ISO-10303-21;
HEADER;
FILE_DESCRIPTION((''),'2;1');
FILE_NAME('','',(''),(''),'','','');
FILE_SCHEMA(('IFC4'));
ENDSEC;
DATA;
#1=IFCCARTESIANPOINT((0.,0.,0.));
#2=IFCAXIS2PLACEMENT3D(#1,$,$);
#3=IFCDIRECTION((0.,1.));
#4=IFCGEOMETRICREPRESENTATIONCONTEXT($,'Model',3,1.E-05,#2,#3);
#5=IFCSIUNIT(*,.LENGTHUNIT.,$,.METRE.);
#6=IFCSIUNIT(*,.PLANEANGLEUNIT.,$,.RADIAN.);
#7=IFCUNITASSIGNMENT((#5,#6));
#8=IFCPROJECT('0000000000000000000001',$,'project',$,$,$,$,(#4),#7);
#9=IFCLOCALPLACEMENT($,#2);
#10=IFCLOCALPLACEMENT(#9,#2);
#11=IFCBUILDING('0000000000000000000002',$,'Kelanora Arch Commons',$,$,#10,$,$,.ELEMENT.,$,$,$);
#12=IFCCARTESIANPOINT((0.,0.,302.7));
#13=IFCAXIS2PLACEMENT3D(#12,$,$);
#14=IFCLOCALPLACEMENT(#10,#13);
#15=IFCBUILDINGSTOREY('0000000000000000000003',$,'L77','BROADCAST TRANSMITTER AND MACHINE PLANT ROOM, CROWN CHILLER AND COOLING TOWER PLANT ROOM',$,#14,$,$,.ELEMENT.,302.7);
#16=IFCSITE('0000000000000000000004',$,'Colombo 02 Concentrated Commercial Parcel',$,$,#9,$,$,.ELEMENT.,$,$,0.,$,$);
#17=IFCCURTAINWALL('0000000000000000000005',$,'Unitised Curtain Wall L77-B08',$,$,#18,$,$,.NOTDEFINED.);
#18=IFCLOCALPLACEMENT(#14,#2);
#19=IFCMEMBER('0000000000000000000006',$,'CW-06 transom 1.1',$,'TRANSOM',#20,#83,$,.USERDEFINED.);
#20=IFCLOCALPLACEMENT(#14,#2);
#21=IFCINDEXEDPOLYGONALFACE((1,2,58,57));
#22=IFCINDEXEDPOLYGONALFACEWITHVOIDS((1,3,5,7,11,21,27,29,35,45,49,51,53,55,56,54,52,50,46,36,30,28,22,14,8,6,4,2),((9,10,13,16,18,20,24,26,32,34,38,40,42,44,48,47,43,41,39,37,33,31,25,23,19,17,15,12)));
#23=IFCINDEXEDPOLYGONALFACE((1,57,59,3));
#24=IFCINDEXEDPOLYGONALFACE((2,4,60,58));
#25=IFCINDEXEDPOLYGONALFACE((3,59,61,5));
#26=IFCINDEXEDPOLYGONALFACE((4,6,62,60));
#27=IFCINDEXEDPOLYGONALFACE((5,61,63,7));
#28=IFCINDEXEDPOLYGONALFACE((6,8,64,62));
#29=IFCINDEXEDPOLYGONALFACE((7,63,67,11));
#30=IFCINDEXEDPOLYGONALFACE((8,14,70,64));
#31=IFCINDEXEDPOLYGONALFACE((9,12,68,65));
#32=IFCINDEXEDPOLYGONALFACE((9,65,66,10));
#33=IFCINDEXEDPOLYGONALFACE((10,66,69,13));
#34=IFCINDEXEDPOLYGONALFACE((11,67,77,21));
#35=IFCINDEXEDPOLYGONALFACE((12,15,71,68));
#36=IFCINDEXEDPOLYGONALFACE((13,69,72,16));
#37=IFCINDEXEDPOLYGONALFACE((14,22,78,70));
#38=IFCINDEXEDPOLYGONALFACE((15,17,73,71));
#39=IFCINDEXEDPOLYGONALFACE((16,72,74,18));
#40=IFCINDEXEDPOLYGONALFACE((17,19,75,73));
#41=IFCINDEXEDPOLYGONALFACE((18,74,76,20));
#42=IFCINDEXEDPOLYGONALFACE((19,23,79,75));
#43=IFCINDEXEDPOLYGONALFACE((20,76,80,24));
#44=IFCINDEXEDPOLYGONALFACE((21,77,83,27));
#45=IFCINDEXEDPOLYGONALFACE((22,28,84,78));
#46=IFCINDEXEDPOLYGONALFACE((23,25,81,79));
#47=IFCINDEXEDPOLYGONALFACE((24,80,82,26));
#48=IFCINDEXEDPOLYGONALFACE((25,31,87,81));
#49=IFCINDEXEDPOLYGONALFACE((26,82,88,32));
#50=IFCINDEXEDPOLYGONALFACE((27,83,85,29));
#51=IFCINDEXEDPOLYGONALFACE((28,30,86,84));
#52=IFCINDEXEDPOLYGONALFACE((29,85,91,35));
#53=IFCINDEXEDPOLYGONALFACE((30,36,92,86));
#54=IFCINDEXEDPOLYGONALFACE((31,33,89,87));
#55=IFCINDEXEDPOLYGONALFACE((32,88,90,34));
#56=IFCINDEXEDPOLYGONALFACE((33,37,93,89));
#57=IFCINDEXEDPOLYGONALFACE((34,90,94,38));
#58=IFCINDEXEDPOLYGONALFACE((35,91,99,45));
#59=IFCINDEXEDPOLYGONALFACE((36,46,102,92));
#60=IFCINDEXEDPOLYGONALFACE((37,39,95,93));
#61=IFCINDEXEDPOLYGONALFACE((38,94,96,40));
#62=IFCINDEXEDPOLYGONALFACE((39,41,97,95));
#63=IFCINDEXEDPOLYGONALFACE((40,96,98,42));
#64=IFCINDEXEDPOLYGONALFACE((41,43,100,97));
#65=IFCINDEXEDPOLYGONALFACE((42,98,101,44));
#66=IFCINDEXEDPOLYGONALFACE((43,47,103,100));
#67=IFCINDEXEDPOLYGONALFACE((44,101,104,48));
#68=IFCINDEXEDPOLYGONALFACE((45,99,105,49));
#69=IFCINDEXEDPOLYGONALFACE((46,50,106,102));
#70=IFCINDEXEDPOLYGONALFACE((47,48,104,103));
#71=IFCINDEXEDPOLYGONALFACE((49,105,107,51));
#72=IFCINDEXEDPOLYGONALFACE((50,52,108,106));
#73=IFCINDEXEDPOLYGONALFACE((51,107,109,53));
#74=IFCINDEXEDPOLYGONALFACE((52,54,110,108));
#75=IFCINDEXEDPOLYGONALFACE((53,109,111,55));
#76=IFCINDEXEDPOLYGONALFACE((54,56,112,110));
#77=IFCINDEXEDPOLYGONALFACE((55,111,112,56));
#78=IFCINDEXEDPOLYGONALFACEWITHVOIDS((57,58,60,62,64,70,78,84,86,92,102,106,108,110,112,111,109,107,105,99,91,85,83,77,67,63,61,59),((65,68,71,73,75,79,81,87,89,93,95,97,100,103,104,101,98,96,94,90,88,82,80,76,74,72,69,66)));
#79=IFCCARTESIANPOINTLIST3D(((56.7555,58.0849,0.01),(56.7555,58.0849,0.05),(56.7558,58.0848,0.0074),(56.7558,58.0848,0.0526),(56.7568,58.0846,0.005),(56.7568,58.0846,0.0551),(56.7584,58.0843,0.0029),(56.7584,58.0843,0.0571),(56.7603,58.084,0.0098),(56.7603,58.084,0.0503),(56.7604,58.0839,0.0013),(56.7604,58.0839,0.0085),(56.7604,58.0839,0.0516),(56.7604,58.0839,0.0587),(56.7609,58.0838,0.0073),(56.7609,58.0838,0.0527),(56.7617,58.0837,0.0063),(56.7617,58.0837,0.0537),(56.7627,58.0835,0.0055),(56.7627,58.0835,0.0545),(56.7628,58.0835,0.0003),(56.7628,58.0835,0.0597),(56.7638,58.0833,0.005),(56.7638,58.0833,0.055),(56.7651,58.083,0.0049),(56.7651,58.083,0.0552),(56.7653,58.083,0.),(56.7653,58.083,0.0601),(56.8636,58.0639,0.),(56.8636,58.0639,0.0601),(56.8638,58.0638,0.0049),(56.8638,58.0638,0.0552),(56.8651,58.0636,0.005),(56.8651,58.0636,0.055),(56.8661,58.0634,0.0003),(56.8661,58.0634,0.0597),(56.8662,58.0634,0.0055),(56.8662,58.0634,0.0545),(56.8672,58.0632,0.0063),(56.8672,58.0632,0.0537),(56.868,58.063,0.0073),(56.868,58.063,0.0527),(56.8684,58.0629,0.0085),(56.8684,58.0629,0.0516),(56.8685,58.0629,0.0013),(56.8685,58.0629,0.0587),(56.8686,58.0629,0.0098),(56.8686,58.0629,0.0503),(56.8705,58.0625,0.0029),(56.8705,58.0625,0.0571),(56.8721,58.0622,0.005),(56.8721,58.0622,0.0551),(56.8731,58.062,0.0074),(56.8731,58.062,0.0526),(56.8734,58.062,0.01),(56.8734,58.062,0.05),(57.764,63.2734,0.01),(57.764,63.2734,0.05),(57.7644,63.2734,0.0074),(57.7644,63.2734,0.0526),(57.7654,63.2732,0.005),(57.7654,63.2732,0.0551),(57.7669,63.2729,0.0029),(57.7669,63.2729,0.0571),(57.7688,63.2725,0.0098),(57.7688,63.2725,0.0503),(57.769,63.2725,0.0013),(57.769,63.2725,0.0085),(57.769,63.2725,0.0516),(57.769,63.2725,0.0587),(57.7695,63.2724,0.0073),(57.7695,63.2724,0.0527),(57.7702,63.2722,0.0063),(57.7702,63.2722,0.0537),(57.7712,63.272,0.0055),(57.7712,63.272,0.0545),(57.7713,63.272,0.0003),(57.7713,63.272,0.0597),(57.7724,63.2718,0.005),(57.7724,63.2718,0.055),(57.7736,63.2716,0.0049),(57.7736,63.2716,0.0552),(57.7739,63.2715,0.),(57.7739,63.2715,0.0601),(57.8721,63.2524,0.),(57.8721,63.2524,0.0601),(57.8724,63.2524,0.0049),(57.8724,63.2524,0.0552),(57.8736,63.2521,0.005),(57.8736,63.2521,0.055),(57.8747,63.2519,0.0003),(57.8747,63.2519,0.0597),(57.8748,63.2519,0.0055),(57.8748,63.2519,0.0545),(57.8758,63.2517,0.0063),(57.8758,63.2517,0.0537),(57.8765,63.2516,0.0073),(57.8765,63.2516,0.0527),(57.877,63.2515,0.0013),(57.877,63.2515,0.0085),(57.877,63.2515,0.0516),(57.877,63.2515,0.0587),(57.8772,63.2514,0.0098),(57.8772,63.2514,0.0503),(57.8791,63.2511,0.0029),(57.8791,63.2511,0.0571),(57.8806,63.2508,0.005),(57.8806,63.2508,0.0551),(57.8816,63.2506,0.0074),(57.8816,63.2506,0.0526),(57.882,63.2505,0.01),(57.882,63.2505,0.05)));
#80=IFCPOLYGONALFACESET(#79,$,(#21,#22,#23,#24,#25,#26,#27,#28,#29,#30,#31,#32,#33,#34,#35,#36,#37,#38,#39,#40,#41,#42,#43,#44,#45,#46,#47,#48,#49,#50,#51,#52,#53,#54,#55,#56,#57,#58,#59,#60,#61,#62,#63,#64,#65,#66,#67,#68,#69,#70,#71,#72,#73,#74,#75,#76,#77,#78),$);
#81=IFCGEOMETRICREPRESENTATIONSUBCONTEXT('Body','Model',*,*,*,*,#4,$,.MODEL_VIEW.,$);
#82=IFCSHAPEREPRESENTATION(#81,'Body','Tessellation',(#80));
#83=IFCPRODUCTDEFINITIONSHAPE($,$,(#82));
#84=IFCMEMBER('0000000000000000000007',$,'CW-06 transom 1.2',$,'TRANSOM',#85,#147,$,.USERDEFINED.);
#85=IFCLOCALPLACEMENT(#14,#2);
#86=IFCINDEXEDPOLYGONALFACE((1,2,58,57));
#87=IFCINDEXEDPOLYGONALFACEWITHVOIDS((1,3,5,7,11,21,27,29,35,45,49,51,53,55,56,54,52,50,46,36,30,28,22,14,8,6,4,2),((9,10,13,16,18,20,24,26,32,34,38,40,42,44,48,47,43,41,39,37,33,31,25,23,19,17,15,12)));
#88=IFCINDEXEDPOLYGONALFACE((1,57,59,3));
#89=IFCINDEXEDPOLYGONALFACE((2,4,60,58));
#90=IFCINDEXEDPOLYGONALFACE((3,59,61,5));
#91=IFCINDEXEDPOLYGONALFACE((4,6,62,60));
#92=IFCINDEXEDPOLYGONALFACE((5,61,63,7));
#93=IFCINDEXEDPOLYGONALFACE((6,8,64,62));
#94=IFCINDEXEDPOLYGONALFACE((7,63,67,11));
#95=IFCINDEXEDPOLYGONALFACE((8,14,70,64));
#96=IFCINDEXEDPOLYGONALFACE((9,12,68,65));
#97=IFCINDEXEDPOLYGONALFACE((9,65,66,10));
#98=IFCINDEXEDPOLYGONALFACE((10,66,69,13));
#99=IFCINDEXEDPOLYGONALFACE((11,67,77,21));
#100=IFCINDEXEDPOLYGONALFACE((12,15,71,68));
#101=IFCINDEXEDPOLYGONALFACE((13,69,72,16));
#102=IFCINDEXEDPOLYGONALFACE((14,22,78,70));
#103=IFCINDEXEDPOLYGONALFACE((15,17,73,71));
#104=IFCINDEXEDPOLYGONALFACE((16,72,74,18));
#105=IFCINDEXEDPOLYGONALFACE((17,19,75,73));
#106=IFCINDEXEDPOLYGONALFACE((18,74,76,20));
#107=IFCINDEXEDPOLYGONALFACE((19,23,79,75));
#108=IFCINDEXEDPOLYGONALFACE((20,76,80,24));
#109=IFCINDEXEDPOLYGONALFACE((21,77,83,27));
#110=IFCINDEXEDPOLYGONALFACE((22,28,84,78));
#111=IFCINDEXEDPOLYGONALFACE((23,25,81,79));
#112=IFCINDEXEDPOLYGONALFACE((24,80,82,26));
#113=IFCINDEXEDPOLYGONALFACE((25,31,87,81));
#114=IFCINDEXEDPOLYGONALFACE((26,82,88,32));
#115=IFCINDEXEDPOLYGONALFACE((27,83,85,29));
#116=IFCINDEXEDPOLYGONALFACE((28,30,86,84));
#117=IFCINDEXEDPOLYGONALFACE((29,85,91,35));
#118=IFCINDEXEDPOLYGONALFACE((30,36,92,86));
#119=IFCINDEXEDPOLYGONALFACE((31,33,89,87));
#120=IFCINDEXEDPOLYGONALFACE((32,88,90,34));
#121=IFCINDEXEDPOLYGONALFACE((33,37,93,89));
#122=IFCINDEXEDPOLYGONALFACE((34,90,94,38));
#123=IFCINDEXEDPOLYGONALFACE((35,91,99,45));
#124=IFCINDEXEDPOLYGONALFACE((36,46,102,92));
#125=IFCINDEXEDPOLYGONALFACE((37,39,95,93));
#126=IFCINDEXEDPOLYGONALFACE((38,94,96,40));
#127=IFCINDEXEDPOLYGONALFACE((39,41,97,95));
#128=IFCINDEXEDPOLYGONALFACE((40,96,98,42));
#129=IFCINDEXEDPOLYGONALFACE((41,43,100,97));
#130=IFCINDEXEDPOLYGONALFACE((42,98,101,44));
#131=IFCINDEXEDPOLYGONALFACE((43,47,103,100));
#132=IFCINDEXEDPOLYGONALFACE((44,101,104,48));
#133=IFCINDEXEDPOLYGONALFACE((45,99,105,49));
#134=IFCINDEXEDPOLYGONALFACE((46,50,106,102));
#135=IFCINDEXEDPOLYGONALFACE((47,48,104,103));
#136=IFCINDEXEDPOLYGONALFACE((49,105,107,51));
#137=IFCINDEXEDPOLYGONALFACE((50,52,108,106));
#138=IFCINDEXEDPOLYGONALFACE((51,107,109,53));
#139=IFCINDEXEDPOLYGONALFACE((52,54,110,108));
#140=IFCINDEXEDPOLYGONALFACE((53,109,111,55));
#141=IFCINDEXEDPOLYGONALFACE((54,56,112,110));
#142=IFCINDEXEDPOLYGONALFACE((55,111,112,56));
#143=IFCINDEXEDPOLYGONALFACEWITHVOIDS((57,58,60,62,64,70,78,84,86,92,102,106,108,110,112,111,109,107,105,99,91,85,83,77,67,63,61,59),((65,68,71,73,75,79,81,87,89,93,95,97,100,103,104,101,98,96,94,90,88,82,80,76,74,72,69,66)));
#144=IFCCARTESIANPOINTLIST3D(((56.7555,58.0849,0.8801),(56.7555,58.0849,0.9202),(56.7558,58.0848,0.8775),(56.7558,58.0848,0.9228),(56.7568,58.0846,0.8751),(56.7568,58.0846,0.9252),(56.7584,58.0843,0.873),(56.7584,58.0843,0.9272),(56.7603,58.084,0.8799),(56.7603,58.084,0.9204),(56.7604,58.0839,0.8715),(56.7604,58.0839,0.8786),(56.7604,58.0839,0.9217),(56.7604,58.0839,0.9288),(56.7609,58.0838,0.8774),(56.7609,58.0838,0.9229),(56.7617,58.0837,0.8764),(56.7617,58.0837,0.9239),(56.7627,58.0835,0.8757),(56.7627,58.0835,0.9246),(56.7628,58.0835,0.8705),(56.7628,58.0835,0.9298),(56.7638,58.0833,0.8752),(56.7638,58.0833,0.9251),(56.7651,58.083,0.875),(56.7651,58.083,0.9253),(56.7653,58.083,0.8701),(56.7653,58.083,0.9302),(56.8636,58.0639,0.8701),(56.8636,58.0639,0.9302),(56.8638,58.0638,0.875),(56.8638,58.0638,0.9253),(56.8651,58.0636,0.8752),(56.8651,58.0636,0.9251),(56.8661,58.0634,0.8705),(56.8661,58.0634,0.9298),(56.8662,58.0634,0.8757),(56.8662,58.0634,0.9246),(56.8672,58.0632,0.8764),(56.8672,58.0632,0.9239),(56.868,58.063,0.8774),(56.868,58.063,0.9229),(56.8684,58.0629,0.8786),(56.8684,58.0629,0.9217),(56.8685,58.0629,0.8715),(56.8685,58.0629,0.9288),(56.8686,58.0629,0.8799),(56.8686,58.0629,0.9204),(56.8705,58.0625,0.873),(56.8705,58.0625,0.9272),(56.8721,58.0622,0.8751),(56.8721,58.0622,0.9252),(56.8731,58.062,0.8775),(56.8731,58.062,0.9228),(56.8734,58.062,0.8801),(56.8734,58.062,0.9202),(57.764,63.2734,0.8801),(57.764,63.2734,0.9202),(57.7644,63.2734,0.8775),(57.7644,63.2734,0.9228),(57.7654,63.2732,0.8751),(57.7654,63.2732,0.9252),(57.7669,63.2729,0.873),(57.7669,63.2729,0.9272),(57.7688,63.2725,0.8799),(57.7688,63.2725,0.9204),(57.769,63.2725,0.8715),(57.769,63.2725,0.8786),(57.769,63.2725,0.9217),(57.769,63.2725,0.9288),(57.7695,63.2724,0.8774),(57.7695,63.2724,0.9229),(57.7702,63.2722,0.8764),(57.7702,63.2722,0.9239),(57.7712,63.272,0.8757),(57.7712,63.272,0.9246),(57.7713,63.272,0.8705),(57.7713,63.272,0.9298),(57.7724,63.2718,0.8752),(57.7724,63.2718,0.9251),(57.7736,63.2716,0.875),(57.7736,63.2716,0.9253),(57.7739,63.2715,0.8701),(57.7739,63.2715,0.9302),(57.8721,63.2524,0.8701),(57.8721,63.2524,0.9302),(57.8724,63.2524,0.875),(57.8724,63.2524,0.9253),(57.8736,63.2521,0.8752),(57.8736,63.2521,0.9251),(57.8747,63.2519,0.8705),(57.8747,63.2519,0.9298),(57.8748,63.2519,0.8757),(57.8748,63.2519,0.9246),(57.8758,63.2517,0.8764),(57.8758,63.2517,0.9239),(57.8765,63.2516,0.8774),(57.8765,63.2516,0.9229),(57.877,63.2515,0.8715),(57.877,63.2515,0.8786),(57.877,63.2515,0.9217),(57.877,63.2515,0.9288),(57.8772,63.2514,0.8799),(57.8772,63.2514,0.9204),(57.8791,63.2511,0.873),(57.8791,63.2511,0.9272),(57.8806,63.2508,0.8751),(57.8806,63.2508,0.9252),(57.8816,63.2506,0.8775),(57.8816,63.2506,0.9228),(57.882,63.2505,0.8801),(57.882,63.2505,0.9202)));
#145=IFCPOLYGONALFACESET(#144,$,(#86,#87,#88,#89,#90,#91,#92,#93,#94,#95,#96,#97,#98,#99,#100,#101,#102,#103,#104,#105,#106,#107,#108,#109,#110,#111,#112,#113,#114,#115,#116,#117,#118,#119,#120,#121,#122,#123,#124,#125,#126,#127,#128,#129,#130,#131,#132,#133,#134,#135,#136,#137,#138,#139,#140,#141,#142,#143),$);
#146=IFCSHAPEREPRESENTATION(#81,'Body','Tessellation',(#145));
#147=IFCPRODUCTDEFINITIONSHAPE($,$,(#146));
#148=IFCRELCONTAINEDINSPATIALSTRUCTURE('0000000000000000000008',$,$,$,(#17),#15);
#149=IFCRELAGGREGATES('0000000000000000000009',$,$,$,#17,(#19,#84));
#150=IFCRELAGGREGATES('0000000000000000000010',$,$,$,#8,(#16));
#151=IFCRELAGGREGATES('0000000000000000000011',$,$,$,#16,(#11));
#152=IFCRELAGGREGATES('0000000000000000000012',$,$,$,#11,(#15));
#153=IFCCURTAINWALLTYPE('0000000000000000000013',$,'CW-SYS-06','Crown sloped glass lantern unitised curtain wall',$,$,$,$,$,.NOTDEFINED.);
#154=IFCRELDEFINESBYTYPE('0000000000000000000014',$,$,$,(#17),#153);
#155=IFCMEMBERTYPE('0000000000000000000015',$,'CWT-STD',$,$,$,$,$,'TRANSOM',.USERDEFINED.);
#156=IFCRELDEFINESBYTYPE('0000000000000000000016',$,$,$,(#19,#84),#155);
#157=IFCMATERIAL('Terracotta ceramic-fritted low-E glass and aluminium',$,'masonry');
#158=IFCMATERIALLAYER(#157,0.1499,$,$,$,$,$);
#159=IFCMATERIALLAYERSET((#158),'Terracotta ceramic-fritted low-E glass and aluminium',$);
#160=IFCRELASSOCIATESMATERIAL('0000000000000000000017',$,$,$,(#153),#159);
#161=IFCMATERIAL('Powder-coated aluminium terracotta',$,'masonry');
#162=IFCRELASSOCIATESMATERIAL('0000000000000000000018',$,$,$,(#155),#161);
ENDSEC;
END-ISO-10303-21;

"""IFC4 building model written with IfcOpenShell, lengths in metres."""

from ifc_helpers import new_model, si_unit, direction, frame, origin, origin_2d, place, context, subcontext, project, spatial, hollow_rectangle, extrude, material, layer, layer_set, material_profile, profile_set, type_object, element, aggregate, save


model = new_model("IFC4")

# Units and contexts
model_context = context("Model", 3, precision=1e-05, world=origin(), true_north=direction((0.0, 1.0)))
body_context = subcontext(model_context, "Body", "Model", "MODEL_VIEW")
ifc_project = project(units=[si_unit("LENGTHUNIT", "METRE"), si_unit("PLANEANGLEUNIT", "RADIAN")], contexts=[model_context])

# Site, building, storey
site_placement = place(None, origin())
site = spatial("IfcSite", under=ifc_project, at=site_placement, Name="Colombo 02 Concentrated Commercial Parcel", CompositionType="ELEMENT", RefElevation=0.0)
building_placement = place(site_placement, origin())
building = spatial("IfcBuilding", under=site, at=building_placement, Name="Kelanora Arch Commons", CompositionType="ELEMENT")
storey_placement = place(building_placement, frame((0.0, 0.0, 302.7)))
storey = spatial("IfcBuildingStorey", under=building, at=storey_placement, Name="L77", Description="BROADCAST TRANSMITTER AND MACHINE PLANT ROOM, CROWN CHILLER AND COOLING TOWER PLANT ROOM", CompositionType="ELEMENT", Elevation=302.7)

# Shared definitions
ifc_material_1 = material(Name="Terracotta ceramic-fritted low-E glass and aluminium", Category="masonry")
ifc_layer_1 = layer(ifc_material_1, 0.1499)
ifc_layer_set_1 = layer_set([ifc_layer_1], Name="Terracotta ceramic-fritted low-E glass and aluminium")
curtain_wall_type = type_object("IfcCurtainWallType", Name="CW-SYS-06", Description="Crown sloped glass lantern unitised curtain wall", PredefinedType="NOTDEFINED", material=ifc_layer_set_1)
ifc_material_2 = material(Name="Powder-coated aluminium terracotta", Category="masonry")

# Curtain wall
curtain_wall_1_placement = place(storey_placement, origin())
curtain_wall_1 = element("IfcCurtainWall", 1, at=curtain_wall_1_placement, inside=storey, type_object=curtain_wall_type, Name="Unitised Curtain Wall L77-B08", PredefinedType="NOTDEFINED")

# Members
ifc_material_profile_1 = material_profile(ifc_material_2, hollow_rectangle(XDim=0.1201, YDim=0.0601, WallThickness=0.0049, InnerFilletRadius=0.0049, OuterFilletRadius=0.01, at=origin_2d()), Name="CWT120x60")
ifc_profile_set_1 = profile_set([ifc_material_profile_1], Name="Powder-coated aluminium terracotta")
member_type_1 = type_object("IfcMemberType", Name="CWT-STD", ElementType="TRANSOM", PredefinedType="USERDEFINED", material=ifc_profile_set_1)
member_1_placement = place(storey_placement, frame((57.823, 63.262, 0.03), z_axis=(-0.19081, -0.981627, 0.0), x_axis=(0.981627, -0.19081, 0.0)))
member_1 = element("IfcMember", 2, at=member_1_placement, type_object=member_type_1, Name="CW-06 transom 1.1", ObjectType="TRANSOM", PredefinedType="USERDEFINED", context=body_context, shape_type="SweptSolid", body=[
    extrude(hollow_rectangle(XDim=0.1201, YDim=0.0601, WallThickness=0.0049, InnerFilletRadius=0.0049, OuterFilletRadius=0.01, at=origin_2d()), origin(), (0.0, 0.0, 1.0), 5.2856),
])
member_2_placement = place(storey_placement, frame((57.823, 63.262, 0.9001), z_axis=(-0.19081, -0.981627, 0.0), x_axis=(0.981627, -0.19081, 0.0)))
member_2 = element("IfcMember", 3, at=member_2_placement, type_object=member_type_1, Name="CW-06 transom 1.2", ObjectType="TRANSOM", PredefinedType="USERDEFINED", context=body_context, shape_type="SweptSolid", body=[
    extrude(hollow_rectangle(XDim=0.1201, YDim=0.0601, WallThickness=0.0049, InnerFilletRadius=0.0049, OuterFilletRadius=0.01, at=origin_2d()), origin(), (0.0, 0.0, 1.0), 5.2856),
])

aggregate(curtain_wall_1, [member_1, member_2])

save(model, "model.ifc")
